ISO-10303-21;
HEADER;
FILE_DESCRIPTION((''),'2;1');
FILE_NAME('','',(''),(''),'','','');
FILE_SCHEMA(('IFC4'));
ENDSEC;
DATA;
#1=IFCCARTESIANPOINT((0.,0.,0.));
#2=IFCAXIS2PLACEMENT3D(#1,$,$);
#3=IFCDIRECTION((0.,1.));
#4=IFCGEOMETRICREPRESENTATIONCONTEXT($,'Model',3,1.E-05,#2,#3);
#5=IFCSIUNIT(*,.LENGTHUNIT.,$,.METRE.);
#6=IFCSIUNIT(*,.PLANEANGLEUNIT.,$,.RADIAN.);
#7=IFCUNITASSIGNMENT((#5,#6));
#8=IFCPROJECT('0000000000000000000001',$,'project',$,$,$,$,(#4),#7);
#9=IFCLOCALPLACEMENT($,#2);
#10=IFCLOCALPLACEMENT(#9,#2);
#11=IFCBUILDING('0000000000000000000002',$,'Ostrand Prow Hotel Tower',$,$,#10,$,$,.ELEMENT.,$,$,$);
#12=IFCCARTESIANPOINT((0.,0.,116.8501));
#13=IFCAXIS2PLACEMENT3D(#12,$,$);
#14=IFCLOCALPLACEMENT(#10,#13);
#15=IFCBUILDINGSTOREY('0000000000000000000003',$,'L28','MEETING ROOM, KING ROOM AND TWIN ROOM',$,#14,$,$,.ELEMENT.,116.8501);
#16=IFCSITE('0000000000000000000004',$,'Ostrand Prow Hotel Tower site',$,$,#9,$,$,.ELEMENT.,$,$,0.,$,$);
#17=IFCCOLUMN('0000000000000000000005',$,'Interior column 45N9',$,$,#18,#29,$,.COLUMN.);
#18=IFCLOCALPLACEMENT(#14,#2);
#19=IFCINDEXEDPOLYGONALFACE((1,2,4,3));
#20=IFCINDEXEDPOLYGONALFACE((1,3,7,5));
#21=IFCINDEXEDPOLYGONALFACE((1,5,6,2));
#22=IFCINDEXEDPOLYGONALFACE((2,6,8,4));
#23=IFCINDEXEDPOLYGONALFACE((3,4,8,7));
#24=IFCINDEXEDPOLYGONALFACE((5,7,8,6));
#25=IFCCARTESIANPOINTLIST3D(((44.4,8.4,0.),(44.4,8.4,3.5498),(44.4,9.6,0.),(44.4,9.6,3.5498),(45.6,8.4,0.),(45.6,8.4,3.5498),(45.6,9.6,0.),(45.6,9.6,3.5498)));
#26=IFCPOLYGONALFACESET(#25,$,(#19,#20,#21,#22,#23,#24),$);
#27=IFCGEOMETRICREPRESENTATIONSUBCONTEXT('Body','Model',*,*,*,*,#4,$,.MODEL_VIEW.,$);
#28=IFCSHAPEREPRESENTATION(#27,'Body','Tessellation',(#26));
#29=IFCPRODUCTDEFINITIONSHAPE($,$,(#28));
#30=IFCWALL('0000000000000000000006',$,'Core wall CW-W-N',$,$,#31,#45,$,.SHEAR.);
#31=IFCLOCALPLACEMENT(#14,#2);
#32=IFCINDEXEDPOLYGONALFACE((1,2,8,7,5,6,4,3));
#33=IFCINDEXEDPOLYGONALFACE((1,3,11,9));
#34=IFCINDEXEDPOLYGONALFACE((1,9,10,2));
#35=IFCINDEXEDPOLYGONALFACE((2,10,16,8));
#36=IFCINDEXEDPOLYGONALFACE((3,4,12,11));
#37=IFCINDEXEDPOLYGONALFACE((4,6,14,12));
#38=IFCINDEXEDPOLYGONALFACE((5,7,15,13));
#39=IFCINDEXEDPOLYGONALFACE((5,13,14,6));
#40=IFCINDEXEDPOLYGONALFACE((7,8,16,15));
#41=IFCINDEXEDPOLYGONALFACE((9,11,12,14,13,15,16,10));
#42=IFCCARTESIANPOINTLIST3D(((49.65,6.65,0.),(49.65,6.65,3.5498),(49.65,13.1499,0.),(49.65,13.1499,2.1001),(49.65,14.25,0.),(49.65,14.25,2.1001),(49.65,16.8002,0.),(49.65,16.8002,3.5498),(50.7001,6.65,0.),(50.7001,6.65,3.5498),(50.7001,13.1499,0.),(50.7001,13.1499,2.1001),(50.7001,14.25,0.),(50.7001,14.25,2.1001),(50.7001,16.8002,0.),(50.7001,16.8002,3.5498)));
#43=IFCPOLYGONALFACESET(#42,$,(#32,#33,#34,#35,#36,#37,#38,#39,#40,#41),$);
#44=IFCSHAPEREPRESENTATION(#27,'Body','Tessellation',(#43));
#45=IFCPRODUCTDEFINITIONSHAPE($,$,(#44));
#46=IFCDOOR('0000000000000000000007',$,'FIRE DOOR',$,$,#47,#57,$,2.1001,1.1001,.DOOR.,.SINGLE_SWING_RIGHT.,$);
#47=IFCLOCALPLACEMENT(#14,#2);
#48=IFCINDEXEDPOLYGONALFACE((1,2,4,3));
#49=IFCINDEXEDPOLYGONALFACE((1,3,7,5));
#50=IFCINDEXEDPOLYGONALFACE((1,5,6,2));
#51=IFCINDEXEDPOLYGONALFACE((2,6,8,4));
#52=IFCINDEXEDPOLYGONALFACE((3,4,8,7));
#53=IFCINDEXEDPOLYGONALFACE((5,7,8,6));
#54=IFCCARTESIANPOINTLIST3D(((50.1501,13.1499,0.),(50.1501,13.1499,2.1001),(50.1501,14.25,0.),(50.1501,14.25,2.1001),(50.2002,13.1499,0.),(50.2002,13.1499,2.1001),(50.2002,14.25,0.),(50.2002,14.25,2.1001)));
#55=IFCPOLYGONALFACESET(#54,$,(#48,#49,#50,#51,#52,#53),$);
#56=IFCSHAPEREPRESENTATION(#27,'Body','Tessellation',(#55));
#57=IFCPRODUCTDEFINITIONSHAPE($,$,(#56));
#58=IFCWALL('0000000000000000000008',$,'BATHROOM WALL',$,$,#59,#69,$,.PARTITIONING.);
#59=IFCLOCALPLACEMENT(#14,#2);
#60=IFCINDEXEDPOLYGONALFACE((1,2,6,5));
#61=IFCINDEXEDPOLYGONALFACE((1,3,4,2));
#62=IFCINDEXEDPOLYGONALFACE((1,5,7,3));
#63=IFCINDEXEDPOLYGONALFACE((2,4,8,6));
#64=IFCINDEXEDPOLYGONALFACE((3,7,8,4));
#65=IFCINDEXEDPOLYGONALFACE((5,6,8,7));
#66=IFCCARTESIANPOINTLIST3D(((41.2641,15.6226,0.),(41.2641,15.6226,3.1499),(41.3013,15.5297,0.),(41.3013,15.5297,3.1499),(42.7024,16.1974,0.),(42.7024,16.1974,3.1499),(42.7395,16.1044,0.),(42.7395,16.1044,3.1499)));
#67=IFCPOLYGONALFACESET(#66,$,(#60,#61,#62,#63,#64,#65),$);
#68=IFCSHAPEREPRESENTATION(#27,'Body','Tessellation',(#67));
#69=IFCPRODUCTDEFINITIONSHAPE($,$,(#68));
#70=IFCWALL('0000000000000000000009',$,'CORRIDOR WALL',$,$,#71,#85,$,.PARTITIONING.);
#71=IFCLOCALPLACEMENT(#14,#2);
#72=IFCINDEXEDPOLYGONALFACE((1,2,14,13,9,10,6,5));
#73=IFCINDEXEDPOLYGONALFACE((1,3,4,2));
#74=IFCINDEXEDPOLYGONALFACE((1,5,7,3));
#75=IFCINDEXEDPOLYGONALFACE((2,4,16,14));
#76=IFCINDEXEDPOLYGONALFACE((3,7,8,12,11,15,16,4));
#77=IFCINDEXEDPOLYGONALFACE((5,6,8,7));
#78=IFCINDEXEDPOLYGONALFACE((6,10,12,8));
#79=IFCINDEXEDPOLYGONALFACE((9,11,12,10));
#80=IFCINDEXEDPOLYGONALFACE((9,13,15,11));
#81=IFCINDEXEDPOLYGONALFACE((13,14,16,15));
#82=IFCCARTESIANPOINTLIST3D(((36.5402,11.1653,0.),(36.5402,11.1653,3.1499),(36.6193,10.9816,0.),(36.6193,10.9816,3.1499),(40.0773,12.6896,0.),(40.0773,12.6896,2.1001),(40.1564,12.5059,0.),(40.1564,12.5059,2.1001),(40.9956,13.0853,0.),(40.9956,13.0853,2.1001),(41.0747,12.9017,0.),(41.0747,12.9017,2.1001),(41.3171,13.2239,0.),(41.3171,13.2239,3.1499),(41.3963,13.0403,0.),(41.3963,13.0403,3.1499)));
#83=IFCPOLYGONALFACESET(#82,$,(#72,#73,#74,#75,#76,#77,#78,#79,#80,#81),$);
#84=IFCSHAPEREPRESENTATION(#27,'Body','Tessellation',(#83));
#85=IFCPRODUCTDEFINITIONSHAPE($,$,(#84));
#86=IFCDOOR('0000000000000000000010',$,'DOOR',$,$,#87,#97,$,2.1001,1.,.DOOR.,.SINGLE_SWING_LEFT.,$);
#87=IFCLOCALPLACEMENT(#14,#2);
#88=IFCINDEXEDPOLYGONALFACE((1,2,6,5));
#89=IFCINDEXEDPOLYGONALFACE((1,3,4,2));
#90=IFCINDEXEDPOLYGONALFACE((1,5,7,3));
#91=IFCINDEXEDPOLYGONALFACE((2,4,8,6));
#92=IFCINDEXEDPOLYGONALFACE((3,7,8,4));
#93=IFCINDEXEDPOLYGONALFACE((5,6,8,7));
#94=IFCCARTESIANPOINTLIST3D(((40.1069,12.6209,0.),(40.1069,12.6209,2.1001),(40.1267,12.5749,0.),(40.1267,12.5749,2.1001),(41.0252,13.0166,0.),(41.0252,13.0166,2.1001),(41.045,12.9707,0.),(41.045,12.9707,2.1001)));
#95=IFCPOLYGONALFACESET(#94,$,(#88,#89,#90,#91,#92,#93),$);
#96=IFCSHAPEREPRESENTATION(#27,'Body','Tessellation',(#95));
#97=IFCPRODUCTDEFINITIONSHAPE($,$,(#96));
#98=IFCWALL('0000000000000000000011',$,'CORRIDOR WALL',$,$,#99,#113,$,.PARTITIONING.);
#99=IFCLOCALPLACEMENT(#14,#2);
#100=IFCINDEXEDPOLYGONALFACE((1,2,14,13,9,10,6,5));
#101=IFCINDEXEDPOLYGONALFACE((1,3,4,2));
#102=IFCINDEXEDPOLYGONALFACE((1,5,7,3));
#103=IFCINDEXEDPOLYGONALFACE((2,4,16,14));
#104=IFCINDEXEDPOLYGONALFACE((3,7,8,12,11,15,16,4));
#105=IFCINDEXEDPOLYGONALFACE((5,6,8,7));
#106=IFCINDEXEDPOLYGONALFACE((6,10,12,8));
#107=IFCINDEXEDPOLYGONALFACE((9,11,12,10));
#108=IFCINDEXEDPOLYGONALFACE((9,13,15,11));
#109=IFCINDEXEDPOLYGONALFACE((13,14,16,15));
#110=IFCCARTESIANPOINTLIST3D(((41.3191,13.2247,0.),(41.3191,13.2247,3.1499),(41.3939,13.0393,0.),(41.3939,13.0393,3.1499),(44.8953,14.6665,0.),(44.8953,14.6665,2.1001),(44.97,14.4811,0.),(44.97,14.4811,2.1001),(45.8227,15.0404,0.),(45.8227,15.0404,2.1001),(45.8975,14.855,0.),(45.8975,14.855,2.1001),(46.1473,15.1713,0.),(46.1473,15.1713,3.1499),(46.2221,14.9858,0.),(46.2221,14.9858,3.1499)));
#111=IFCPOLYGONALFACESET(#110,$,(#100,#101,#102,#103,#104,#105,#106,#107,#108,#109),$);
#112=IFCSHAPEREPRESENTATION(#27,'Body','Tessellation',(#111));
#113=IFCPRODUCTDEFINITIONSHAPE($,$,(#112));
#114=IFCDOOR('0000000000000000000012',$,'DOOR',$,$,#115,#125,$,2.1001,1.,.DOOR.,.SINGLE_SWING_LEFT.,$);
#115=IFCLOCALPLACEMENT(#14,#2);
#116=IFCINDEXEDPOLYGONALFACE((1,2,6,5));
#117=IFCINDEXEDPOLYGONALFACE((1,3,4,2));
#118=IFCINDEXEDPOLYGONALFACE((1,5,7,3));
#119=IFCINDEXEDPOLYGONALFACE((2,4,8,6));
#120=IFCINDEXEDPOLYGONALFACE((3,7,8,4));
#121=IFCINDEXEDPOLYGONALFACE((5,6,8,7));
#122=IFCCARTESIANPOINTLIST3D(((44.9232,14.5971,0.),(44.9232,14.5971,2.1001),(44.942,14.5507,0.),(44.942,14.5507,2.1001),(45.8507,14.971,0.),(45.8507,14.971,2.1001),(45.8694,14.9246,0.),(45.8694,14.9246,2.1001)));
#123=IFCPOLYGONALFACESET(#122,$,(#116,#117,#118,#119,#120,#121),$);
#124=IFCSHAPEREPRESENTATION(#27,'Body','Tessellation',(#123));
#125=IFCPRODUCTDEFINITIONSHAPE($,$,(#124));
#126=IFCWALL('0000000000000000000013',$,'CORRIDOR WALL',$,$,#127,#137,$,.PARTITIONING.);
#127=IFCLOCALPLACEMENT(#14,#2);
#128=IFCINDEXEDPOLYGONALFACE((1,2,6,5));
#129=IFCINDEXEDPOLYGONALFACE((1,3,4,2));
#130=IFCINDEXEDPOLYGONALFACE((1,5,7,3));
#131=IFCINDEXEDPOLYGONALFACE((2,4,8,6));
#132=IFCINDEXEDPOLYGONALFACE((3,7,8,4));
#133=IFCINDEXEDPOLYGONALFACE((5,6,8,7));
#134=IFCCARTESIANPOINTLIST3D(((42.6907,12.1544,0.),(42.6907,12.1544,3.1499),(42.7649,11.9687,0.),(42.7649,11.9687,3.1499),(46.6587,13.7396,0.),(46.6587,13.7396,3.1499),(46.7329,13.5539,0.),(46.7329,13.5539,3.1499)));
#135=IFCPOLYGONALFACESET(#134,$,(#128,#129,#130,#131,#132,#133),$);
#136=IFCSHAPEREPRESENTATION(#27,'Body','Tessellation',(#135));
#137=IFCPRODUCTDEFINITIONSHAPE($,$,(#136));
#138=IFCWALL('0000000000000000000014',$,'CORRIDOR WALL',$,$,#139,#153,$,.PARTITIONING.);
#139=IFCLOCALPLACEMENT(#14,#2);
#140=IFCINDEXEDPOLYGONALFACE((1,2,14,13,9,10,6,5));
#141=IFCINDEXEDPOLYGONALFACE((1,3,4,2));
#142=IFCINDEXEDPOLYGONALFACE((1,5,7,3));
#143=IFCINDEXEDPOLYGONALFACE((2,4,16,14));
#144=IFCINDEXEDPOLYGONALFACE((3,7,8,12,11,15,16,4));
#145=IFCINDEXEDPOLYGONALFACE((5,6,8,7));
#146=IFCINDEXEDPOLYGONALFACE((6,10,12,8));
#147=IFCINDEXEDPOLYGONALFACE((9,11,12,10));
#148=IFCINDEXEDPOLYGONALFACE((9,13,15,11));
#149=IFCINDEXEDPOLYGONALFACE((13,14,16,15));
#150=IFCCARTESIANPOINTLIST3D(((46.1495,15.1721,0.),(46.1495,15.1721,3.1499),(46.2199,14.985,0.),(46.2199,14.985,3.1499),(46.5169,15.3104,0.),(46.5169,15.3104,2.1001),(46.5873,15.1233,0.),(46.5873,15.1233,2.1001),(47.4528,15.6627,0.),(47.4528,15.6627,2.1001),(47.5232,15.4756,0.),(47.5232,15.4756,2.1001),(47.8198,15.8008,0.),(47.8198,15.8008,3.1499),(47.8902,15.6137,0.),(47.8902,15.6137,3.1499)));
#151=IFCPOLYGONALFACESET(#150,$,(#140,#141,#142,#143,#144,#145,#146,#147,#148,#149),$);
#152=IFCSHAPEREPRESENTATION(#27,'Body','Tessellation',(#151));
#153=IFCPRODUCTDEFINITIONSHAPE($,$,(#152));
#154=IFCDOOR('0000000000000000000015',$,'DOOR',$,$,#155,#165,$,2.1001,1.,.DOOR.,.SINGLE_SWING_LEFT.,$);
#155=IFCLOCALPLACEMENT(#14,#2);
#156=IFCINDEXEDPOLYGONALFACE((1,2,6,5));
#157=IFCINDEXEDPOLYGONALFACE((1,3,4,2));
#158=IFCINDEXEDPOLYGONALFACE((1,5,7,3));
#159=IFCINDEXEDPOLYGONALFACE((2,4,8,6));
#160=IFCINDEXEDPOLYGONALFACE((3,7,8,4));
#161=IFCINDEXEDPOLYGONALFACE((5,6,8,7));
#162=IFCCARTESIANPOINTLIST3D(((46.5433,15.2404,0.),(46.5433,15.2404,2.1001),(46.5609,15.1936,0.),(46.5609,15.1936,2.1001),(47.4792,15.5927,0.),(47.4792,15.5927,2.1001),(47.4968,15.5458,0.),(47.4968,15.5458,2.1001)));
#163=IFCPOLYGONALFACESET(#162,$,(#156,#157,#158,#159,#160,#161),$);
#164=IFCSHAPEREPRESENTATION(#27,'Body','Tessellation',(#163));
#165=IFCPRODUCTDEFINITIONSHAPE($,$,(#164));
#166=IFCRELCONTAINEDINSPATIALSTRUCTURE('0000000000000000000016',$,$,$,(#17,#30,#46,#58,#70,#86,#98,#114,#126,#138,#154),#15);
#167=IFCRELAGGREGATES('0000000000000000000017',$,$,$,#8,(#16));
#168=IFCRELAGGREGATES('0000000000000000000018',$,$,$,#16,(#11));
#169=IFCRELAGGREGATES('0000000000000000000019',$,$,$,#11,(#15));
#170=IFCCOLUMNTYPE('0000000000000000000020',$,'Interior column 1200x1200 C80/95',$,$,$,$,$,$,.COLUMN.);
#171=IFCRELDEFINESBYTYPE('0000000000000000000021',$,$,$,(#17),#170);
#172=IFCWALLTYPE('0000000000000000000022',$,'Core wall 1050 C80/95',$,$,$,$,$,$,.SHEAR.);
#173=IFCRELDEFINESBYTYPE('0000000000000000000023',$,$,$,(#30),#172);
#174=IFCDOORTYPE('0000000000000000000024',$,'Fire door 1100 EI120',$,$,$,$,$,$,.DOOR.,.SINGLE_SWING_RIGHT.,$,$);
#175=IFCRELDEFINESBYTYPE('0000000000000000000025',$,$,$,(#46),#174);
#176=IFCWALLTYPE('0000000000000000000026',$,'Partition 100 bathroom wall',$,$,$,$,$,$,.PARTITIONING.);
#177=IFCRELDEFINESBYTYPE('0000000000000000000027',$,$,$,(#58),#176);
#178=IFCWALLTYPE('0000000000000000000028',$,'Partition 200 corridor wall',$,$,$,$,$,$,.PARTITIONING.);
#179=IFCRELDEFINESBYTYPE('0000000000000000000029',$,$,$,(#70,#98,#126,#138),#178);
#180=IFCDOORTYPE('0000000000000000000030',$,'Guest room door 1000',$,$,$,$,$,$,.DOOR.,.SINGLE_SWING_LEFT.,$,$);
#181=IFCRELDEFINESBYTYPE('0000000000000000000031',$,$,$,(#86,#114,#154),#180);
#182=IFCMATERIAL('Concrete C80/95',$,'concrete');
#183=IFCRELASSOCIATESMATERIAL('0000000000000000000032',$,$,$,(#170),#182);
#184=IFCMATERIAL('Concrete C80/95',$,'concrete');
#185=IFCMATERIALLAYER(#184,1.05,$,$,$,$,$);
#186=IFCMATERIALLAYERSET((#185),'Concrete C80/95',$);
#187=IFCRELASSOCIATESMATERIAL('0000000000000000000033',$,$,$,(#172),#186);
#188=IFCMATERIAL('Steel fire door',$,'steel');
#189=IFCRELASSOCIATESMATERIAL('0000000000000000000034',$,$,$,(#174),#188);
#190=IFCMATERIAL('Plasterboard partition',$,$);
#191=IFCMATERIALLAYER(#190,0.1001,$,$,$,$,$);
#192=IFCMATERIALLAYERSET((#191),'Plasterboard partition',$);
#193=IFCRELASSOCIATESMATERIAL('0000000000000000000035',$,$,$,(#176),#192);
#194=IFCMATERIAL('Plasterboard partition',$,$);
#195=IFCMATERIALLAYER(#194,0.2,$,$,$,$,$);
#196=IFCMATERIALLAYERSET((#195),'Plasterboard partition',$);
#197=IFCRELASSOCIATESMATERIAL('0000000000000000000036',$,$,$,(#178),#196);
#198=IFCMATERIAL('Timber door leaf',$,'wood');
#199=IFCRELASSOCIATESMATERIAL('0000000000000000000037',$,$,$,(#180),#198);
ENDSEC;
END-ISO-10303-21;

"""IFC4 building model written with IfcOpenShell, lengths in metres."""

from ifc_helpers import new_model, si_unit, direction, frame, frame_2d, origin, origin_2d, place, context, subcontext, project, spatial, rectangle, extrude, material, layer, layer_set, material_profile, profile_set, type_object, element, fill, save


model = new_model("IFC4")

# Units and contexts
model_context = context("Model", 3, precision=1e-05, world=origin(), true_north=direction((0.0, 1.0)))
body_context = subcontext(model_context, "Body", "Model", "MODEL_VIEW")
ifc_project = project(units=[si_unit("LENGTHUNIT", "METRE"), si_unit("PLANEANGLEUNIT", "RADIAN")], contexts=[model_context])

# Site, building, storey
site_placement = place(None, origin())
site = spatial("IfcSite", under=ifc_project, at=site_placement, Name="Ostrand Prow Hotel Tower site", CompositionType="ELEMENT", RefElevation=0.0)
building_placement = place(site_placement, origin())
building = spatial("IfcBuilding", under=site, at=building_placement, Name="Ostrand Prow Hotel Tower", CompositionType="ELEMENT")
storey_placement = place(building_placement, frame((0.0, 0.0, 116.8501)))
storey = spatial("IfcBuildingStorey", under=building, at=storey_placement, Name="L28", Description="MEETING ROOM, KING ROOM AND TWIN ROOM", CompositionType="ELEMENT", Elevation=116.8501)

# Column
ifc_material_1 = material(Name="Concrete C80/95", Category="concrete")
ifc_material_profile = material_profile(ifc_material_1, rectangle(XDim=1.2, YDim=1.2, at=origin_2d()), Name="RC 1200x1200")
ifc_profile_set = profile_set([ifc_material_profile], Name="Concrete C80/95")
column_type = type_object("IfcColumnType", Name="Interior column 1200x1200 C80/95", PredefinedType="COLUMN", material=ifc_profile_set)
column_placement = place(storey_placement, frame((45.0, 9.0, 0.0), z_axis=(0.0, 0.0, 1.0), x_axis=(1.0, 0.0, 0.0)))
element("IfcColumn", 1, at=column_placement, inside=storey, type_object=column_type, Name="Interior column 45N9", PredefinedType="COLUMN", context=body_context, shape_type="SweptSolid", body=[
    extrude(rectangle(XDim=1.2, YDim=1.2, at=origin_2d()), origin(), (0.0, 0.0, 1.0), 3.5498),
])

# Wall, opening, door
ifc_material_2 = material(Name="Concrete C80/95", Category="concrete")
ifc_layer_1 = layer(ifc_material_2, 1.05)
ifc_layer_set_1 = layer_set([ifc_layer_1], Name="Concrete C80/95")
wall_type_1 = type_object("IfcWallType", Name="Core wall 1050 C80/95", PredefinedType="SHEAR", material=ifc_layer_set_1)
wall_1_placement = place(storey_placement, frame((50.175, 6.6499, 0.0), z_axis=(0.0, 0.0, 1.0), x_axis=(0.0, 1.0, 0.0)))
wall_1 = element("IfcWall", 2, at=wall_1_placement, inside=storey, type_object=wall_type_1, Name="Core wall CW-W-N", PredefinedType="SHEAR", context=body_context, shape_type="SweptSolid", body=[
    extrude(rectangle(XDim=10.1501, YDim=1.05, at=frame_2d((5.0752, 0.0))), origin(), (0.0, 0.0, 1.0), 3.5498),
])
opening_1_placement = place(wall_1_placement, frame((6.5, 0.0, 0.0)))
opening_1 = element("IfcOpeningElement", 3, at=opening_1_placement, cuts=wall_1, PredefinedType="OPENING", context=body_context, shape_type="SweptSolid", body=[
    extrude(rectangle(XDim=1.1001, YDim=2.1001, at=frame_2d((0.55, 1.05))), frame((0.0, 0.5349, 0.0), z_axis=(0.0, -1.0, 0.0), x_axis=(1.0, 0.0, 0.0)), (0.0, 0.0, 1.0), 1.0701),
])
ifc_material_3 = material(Name="Steel fire door", Category="steel")
door_type_1 = type_object("IfcDoorType", Name="Fire door 1100 EI120", OperationType="SINGLE_SWING_RIGHT", PredefinedType="DOOR", material=ifc_material_3)
door_1_placement = place(opening_1_placement, origin())
door_1 = element("IfcDoor", 4, at=door_1_placement, inside=storey, type_object=door_type_1, Name="FIRE DOOR", OperationType="SINGLE_SWING_RIGHT", OverallHeight=2.1001, OverallWidth=1.1001, PredefinedType="DOOR", context=body_context, shape_type="SweptSolid", body=[
    extrude(rectangle(XDim=1.1001, YDim=2.1001, at=frame_2d((0.55, 1.05))), frame((0.0, 0.0249, 0.0), z_axis=(0.0, -1.0, 0.0), x_axis=(1.0, 0.0, 0.0)), (0.0, 0.0, 1.0), 0.05),
])
fill(opening_1, door_1)

# Wall
ifc_material_4 = material(Name="Plasterboard partition")
ifc_layer_2 = layer(ifc_material_4, 0.1001)
ifc_layer_set_2 = layer_set([ifc_layer_2], Name="Plasterboard partition")
wall_type_2 = type_object("IfcWallType", Name="Partition 100 bathroom wall", PredefinedType="PARTITIONING", material=ifc_layer_set_2)
wall_2_placement = place(storey_placement, frame((41.2827, 15.5762, 0.0), z_axis=(0.0, 0.0, 1.0), x_axis=(0.928607, 0.371065, 0.0)))
element("IfcWall", 5, at=wall_2_placement, inside=storey, type_object=wall_type_2, Name="BATHROOM WALL", PredefinedType="PARTITIONING", context=body_context, shape_type="SweptSolid", body=[
    extrude(rectangle(XDim=1.5488, YDim=0.1001, at=frame_2d((0.7744, 0.0))), origin(), (0.0, 0.0, 1.0), 3.1499),
])

# Walls, openings, doors
ifc_material_5 = material(Name="Plasterboard partition")
ifc_layer_3 = layer(ifc_material_5, 0.2)
ifc_layer_set_3 = layer_set([ifc_layer_3], Name="Plasterboard partition")
wall_type_3 = type_object("IfcWallType", Name="Partition 200 corridor wall", PredefinedType="PARTITIONING", material=ifc_layer_set_3)
wall_3_placement = place(storey_placement, frame((41.3567, 13.1321, 0.0), z_axis=(0.0, 0.0, 1.0), x_axis=(-0.918352, -0.395765, 0.0)))
wall_3 = element("IfcWall", 6, at=wall_3_placement, inside=storey, type_object=wall_type_3, Name="CORRIDOR WALL", PredefinedType="PARTITIONING", context=body_context, shape_type="SweptSolid", body=[
    extrude(rectangle(XDim=5.2017, YDim=0.2, at=frame_2d((2.6008, 0.0))), origin(), (0.0, 0.0, 1.0), 3.1499),
])
opening_2_placement = place(wall_3_placement, frame((0.3501, 0.0, 0.0)))
opening_2 = element("IfcOpeningElement", 7, at=opening_2_placement, cuts=wall_3, PredefinedType="OPENING", context=body_context, shape_type="SweptSolid", body=[
    extrude(rectangle(XDim=1.0, YDim=2.1001, at=frame_2d((0.5, 1.05))), frame((0.0, 0.1099, 0.0), z_axis=(0.0, -1.0, 0.0), x_axis=(1.0, 0.0, 0.0)), (0.0, 0.0, 1.0), 0.22),
])
ifc_material_6 = material(Name="Timber door leaf", Category="wood")
door_type_2 = type_object("IfcDoorType", Name="Guest room door 1000", OperationType="SINGLE_SWING_LEFT", PredefinedType="DOOR", material=ifc_material_6)
door_2_placement = place(opening_2_placement, origin())
door_2 = element("IfcDoor", 8, at=door_2_placement, inside=storey, type_object=door_type_2, Name="DOOR", OperationType="SINGLE_SWING_LEFT", OverallHeight=2.1001, OverallWidth=1.0, PredefinedType="DOOR", context=body_context, shape_type="SweptSolid", body=[
    extrude(rectangle(XDim=1.0, YDim=2.1001, at=frame_2d((0.5, 1.05))), frame((0.0, 0.0249, 0.0), z_axis=(0.0, -1.0, 0.0), x_axis=(1.0, 0.0, 0.0)), (0.0, 0.0, 1.0), 0.05),
])
fill(opening_2, door_2)
wall_4_placement = place(storey_placement, frame((46.1848, 15.0786, 0.0), z_axis=(0.0, 0.0, 1.0), x_axis=(-0.927461, -0.37392, 0.0)))
wall_4 = element("IfcWall", 9, at=wall_4_placement, inside=storey, type_object=wall_type_3, Name="CORRIDOR WALL", PredefinedType="PARTITIONING", context=body_context, shape_type="SweptSolid", body=[
    extrude(rectangle(XDim=5.2058, YDim=0.2, at=frame_2d((2.603, 0.0))), origin(), (0.0, 0.0, 1.0), 3.1499),
])
opening_3_placement = place(wall_4_placement, frame((0.3501, 0.0, 0.0)))
opening_3 = element("IfcOpeningElement", 10, at=opening_3_placement, cuts=wall_4, PredefinedType="OPENING", context=body_context, shape_type="SweptSolid", body=[
    extrude(rectangle(XDim=1.0, YDim=2.1001, at=frame_2d((0.5, 1.05))), frame((0.0, 0.1099, 0.0), z_axis=(0.0, -1.0, 0.0), x_axis=(1.0, 0.0, 0.0)), (0.0, 0.0, 1.0), 0.22),
])
door_3_placement = place(opening_3_placement, origin())
door_3 = element("IfcDoor", 11, at=door_3_placement, inside=storey, type_object=door_type_2, Name="DOOR", OperationType="SINGLE_SWING_LEFT", OverallHeight=2.1001, OverallWidth=1.0, PredefinedType="DOOR", context=body_context, shape_type="SweptSolid", body=[
    extrude(rectangle(XDim=1.0, YDim=2.1001, at=frame_2d((0.5, 1.05))), frame((0.0, 0.0249, 0.0), z_axis=(0.0, -1.0, 0.0), x_axis=(1.0, 0.0, 0.0)), (0.0, 0.0, 1.0), 0.05),
])
fill(opening_3, door_3)

# Wall
wall_5_placement = place(storey_placement, frame((42.7278, 12.0615, 0.0), z_axis=(0.0, 0.0, 1.0), x_axis=(0.928638, 0.370987, 0.0)))
element("IfcWall", 12, at=wall_5_placement, inside=storey, type_object=wall_type_3, Name="CORRIDOR WALL", PredefinedType="PARTITIONING", context=body_context, shape_type="SweptSolid", body=[
    extrude(rectangle(XDim=4.2729, YDim=0.2, at=frame_2d((2.1365, 0.0))), origin(), (0.0, 0.0, 1.0), 3.1499),
])

# Wall, opening, door
wall_6_placement = place(storey_placement, frame((47.855, 15.7073, 0.0), z_axis=(0.0, 0.0, 1.0), x_axis=(-0.935896, -0.352278, 0.0)))
wall_6 = element("IfcWall", 13, at=wall_6_placement, inside=storey, type_object=wall_type_3, Name="CORRIDOR WALL", PredefinedType="PARTITIONING", context=body_context, shape_type="SweptSolid", body=[
    extrude(rectangle(XDim=1.7847, YDim=0.2, at=frame_2d((0.8923, 0.0))), origin(), (0.0, 0.0, 1.0), 3.1499),
])
opening_4_placement = place(wall_6_placement, frame((0.3921, 0.0, 0.0)))
opening_4 = element("IfcOpeningElement", 14, at=opening_4_placement, cuts=wall_6, PredefinedType="OPENING", context=body_context, shape_type="SweptSolid", body=[
    extrude(rectangle(XDim=1.0, YDim=2.1001, at=frame_2d((0.5, 1.05))), frame((0.0, 0.1099, 0.0), z_axis=(0.0, -1.0, 0.0), x_axis=(1.0, 0.0, 0.0)), (0.0, 0.0, 1.0), 0.22),
])
door_4_placement = place(opening_4_placement, origin())
door_4 = element("IfcDoor", 15, at=door_4_placement, inside=storey, type_object=door_type_2, Name="DOOR", OperationType="SINGLE_SWING_LEFT", OverallHeight=2.1001, OverallWidth=1.0, PredefinedType="DOOR", context=body_context, shape_type="SweptSolid", body=[
    extrude(rectangle(XDim=1.0, YDim=2.1001, at=frame_2d((0.5, 1.05))), frame((0.0, 0.0249, 0.0), z_axis=(0.0, -1.0, 0.0), x_axis=(1.0, 0.0, 0.0)), (0.0, 0.0, 1.0), 0.05),
])
fill(opening_4, door_4)

save(model, "model.ifc")
